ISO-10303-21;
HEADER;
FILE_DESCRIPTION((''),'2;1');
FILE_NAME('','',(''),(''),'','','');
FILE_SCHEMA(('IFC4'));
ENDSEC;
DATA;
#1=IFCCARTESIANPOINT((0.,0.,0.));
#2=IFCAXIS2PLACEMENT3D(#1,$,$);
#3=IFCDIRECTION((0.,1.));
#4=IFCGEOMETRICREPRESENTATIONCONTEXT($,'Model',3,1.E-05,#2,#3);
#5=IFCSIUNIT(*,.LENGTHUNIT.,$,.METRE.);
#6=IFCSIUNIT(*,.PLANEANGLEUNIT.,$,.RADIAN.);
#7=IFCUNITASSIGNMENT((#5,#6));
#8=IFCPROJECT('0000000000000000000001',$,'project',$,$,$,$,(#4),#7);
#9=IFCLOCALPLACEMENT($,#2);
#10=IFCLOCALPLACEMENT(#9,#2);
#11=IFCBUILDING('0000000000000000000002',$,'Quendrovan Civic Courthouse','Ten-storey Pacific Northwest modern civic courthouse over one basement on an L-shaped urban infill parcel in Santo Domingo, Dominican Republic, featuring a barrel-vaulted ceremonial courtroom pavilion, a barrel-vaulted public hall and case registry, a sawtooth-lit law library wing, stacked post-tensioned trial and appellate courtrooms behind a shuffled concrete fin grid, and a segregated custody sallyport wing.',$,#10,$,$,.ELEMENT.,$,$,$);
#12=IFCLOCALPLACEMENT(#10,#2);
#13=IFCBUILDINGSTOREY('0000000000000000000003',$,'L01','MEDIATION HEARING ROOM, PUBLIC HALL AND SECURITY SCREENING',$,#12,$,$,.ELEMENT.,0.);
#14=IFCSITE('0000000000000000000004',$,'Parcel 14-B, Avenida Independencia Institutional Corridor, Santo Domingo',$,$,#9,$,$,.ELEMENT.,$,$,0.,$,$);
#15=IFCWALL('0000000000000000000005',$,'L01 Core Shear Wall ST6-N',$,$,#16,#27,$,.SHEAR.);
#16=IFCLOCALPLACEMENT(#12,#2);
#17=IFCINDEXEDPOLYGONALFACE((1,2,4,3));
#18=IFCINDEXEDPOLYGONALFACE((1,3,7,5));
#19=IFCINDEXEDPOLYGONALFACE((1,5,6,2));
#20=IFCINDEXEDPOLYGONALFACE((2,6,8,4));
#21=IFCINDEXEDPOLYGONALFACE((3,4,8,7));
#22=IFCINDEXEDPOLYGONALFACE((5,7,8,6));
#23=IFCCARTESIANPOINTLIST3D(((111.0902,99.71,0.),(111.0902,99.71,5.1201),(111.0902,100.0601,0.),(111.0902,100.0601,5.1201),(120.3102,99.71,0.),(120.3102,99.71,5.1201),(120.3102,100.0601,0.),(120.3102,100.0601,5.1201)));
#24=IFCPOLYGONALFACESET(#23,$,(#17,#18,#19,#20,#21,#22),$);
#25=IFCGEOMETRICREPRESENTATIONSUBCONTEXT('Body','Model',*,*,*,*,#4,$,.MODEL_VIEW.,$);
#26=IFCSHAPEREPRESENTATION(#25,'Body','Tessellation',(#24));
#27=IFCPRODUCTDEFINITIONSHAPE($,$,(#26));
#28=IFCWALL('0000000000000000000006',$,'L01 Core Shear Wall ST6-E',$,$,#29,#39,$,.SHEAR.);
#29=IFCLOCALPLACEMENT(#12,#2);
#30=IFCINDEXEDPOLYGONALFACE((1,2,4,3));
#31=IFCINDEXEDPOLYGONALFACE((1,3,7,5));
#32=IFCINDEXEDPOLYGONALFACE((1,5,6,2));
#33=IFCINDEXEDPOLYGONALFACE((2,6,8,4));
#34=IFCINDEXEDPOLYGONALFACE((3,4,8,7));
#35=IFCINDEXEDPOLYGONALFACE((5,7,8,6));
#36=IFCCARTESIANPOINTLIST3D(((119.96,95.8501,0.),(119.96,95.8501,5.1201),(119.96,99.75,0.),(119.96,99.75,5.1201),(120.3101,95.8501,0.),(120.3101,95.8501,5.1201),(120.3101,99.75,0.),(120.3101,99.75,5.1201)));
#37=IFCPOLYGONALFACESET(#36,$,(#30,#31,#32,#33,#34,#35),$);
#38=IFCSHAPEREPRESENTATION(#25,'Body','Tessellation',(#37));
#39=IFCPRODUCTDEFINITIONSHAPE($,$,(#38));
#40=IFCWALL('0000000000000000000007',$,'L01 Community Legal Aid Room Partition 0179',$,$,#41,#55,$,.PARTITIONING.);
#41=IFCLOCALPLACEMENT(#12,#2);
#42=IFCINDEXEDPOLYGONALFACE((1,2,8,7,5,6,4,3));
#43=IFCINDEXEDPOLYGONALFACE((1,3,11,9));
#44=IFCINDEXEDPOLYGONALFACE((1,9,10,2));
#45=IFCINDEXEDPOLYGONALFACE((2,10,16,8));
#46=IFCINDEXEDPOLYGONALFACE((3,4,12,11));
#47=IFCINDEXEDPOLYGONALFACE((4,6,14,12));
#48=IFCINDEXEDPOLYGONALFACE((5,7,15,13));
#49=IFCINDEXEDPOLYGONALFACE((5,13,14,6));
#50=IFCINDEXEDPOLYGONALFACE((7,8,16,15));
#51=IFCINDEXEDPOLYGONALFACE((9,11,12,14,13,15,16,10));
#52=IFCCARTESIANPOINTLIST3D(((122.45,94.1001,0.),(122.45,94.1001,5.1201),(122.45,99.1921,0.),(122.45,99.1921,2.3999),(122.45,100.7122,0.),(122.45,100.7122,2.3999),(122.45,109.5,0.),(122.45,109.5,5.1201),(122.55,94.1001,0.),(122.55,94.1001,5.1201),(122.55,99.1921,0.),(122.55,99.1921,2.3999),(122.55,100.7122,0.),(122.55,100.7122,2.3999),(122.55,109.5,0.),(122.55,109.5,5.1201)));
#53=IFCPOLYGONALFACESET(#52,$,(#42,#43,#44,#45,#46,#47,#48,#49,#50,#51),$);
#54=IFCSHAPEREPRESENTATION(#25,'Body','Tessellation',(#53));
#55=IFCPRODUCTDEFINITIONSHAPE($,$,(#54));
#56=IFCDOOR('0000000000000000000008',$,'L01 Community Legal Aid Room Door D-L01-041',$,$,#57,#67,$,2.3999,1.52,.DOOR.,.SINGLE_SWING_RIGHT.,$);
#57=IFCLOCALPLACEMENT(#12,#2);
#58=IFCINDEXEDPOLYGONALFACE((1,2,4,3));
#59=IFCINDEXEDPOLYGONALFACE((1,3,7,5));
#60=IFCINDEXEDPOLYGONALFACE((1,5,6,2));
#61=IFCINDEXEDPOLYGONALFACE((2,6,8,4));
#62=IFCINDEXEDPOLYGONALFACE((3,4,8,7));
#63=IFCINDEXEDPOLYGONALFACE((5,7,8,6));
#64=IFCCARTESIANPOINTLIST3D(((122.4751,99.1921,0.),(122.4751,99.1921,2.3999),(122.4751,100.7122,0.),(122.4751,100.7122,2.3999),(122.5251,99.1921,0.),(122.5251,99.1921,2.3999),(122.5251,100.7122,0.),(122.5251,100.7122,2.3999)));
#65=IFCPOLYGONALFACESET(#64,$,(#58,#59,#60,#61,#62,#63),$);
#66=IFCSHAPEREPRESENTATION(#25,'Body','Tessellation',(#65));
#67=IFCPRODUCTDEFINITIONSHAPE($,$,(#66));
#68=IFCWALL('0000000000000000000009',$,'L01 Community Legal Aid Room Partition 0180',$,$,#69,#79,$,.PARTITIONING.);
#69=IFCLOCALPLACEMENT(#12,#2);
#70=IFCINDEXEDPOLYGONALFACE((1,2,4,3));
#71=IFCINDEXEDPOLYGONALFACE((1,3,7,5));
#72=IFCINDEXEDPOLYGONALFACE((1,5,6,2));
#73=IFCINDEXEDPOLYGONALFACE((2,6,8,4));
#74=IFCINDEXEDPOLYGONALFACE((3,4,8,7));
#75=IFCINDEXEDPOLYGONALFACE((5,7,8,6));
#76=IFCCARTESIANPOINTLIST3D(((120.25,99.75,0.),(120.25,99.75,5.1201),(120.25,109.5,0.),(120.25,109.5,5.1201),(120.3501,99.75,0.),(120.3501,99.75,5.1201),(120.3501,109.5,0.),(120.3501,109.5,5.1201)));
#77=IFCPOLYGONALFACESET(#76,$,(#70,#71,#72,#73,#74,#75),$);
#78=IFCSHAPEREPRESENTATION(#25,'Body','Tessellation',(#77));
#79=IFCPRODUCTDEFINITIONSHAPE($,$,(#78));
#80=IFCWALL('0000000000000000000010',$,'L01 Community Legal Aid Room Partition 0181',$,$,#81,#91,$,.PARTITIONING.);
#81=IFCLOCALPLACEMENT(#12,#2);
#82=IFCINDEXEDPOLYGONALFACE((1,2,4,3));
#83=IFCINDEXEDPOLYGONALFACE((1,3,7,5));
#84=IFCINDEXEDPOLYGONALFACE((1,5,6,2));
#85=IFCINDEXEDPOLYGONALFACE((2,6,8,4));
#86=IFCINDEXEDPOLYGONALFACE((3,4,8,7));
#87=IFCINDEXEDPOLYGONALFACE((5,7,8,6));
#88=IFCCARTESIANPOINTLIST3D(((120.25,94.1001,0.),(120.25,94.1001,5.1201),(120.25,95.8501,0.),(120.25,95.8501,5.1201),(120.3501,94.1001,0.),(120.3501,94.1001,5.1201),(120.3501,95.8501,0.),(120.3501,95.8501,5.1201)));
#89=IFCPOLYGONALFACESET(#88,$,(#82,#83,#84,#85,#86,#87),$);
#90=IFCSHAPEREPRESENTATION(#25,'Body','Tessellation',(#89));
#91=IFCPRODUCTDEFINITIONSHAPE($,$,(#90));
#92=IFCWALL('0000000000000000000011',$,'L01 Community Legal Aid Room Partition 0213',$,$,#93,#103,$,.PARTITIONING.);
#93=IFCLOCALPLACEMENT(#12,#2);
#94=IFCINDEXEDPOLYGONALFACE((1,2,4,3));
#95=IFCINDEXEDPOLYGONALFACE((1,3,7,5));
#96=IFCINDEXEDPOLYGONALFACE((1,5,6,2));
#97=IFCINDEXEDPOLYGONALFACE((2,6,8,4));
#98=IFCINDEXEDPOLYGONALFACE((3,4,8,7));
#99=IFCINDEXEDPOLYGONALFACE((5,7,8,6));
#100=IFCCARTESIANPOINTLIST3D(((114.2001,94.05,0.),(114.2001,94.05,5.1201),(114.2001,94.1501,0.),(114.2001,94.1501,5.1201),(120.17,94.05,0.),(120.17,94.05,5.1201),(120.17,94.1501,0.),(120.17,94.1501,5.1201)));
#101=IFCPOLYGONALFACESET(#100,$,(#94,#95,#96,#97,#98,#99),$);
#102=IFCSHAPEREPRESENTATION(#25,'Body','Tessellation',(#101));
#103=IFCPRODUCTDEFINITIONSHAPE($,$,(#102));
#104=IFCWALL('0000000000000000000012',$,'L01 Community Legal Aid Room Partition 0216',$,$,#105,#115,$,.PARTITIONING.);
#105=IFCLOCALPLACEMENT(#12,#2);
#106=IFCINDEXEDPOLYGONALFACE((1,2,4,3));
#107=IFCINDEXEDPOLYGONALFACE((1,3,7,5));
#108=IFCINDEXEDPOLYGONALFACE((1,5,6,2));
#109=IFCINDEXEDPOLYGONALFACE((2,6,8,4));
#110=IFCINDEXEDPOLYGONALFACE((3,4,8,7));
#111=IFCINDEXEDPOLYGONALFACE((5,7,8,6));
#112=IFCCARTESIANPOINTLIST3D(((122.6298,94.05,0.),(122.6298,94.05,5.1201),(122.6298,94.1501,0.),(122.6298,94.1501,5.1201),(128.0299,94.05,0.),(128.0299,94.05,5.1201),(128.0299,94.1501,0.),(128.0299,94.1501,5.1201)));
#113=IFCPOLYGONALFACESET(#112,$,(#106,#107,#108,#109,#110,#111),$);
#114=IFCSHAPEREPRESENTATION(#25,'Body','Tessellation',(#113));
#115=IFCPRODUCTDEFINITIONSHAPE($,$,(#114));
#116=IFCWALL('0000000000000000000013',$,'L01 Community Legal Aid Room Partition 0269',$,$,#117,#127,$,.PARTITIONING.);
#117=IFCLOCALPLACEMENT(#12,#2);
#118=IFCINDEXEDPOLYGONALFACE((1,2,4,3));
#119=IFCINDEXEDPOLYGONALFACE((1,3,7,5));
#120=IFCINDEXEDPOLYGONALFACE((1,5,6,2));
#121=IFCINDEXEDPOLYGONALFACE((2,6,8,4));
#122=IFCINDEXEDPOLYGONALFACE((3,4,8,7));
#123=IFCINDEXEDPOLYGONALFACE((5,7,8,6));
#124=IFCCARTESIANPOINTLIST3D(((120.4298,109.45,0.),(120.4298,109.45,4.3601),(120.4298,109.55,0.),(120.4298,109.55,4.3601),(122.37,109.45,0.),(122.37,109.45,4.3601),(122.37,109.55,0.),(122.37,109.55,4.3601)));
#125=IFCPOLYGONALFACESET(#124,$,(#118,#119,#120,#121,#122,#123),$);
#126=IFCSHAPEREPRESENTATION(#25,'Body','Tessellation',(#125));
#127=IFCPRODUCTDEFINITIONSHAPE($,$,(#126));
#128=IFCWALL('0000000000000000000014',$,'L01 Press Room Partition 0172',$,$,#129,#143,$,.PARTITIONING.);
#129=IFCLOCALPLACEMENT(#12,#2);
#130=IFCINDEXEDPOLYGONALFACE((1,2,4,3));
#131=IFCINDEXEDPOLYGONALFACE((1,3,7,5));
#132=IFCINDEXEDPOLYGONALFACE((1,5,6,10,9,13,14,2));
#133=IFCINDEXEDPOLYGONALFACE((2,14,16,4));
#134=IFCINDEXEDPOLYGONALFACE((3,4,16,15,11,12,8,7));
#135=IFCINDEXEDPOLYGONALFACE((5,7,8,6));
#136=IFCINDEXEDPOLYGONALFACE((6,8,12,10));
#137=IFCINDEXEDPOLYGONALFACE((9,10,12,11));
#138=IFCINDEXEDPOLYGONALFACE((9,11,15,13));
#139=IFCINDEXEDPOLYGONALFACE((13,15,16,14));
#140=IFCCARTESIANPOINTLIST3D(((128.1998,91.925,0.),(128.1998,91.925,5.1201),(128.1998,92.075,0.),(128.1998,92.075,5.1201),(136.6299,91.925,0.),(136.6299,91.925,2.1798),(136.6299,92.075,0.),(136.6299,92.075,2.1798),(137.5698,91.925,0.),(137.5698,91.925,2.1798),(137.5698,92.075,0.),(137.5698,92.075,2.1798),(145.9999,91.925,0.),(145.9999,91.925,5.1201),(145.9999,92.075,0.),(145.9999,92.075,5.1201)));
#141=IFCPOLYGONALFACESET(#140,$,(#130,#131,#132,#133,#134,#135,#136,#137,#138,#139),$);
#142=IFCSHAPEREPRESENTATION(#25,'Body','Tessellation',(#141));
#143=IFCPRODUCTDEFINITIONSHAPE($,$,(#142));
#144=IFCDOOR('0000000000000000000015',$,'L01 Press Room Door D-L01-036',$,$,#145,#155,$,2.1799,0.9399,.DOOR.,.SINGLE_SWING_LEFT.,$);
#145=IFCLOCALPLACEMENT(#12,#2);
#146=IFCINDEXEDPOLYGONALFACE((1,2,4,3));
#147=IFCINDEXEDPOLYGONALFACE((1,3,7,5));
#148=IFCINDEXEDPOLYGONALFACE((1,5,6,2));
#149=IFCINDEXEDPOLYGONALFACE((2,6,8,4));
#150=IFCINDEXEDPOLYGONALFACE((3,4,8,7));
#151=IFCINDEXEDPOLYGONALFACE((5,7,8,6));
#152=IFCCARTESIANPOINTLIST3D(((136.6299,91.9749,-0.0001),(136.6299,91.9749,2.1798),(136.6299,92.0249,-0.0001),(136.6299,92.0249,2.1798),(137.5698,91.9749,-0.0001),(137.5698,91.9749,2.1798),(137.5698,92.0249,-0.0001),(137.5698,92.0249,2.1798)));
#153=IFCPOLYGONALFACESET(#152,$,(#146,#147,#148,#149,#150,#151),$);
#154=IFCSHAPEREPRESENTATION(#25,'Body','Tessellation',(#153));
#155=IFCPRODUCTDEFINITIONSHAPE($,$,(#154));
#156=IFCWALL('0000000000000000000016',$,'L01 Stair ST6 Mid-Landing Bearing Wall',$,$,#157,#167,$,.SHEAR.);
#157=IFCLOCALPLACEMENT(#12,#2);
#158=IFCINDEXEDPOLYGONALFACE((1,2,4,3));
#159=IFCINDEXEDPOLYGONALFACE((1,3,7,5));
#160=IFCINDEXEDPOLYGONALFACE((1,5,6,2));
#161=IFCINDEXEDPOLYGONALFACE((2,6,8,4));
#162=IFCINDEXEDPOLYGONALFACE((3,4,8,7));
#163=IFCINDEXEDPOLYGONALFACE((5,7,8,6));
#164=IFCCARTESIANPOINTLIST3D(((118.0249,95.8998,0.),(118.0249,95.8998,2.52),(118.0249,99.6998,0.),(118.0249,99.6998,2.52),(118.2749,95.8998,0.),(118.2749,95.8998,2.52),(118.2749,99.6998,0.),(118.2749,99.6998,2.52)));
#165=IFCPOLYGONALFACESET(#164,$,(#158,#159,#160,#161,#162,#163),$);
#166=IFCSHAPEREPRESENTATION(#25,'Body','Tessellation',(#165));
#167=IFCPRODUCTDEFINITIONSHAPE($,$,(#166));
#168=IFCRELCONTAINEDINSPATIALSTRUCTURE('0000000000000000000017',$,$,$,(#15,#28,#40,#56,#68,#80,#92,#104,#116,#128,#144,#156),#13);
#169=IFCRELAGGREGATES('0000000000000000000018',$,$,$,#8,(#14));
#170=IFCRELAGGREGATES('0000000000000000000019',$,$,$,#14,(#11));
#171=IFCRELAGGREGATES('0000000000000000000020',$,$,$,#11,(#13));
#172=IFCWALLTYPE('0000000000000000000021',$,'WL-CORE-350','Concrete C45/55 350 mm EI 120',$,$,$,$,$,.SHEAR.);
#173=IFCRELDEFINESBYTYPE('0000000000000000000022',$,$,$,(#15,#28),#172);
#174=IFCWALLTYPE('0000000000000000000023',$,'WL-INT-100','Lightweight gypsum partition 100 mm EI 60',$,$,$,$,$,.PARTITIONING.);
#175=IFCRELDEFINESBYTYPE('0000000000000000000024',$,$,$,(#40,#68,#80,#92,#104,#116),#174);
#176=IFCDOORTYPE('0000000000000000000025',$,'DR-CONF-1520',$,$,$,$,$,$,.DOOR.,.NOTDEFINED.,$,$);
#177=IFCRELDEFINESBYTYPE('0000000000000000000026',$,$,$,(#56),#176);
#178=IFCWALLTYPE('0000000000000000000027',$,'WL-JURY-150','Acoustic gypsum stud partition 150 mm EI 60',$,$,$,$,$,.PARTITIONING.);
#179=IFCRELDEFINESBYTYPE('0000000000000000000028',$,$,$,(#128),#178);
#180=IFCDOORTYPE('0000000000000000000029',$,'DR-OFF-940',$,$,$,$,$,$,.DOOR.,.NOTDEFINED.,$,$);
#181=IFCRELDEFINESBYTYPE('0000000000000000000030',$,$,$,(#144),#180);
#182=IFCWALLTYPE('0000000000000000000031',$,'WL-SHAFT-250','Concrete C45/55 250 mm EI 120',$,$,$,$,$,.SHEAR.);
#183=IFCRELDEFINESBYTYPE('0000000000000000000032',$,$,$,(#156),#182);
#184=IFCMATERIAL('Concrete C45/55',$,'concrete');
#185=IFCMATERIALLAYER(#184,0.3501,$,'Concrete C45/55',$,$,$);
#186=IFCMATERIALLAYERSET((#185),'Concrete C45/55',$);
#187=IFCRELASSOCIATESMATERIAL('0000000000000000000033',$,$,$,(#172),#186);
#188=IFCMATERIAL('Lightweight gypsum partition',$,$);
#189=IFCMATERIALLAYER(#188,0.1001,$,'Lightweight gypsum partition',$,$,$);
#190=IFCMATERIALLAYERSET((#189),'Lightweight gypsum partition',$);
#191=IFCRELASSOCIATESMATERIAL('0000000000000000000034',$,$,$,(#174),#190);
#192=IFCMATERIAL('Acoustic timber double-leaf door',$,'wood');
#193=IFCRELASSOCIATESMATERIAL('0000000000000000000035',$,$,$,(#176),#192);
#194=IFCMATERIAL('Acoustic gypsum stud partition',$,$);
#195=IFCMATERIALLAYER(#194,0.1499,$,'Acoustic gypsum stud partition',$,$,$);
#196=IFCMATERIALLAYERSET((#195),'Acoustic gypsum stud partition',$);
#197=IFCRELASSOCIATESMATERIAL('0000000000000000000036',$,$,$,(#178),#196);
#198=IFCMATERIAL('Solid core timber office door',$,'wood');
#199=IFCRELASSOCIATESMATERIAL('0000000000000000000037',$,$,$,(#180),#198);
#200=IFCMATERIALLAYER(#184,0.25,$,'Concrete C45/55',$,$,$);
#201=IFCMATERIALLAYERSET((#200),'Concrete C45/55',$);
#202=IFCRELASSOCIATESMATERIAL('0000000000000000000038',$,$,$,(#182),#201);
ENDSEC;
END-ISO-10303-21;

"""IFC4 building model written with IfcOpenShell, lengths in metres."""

from ifc_helpers import new_model, si_unit, direction, frame, frame_2d, origin, place, context, subcontext, project, spatial, rectangle, extrude, material, layer, layer_set, type_object, element, fill, save


model = new_model("IFC4")

# Units and contexts
model_context = context("Model", 3, precision=1e-05, world=origin(), true_north=direction((0.0, 1.0)))
body_context = subcontext(model_context, "Body", "Model", "MODEL_VIEW")
ifc_project = project(units=[si_unit("LENGTHUNIT", "METRE"), si_unit("PLANEANGLEUNIT", "RADIAN")], contexts=[model_context])

# Site, building, storey
site_placement = place(None, origin())
site = spatial("IfcSite", under=ifc_project, at=site_placement, Name="Parcel 14-B, Avenida Independencia Institutional Corridor, Santo Domingo", CompositionType="ELEMENT", RefElevation=0.0)
building_placement = place(site_placement, origin())
building = spatial("IfcBuilding", under=site, at=building_placement, Name="Quendrovan Civic Courthouse", Description="Ten-storey Pacific Northwest modern civic courthouse over one basement on an L-shaped urban infill parcel in Santo Domingo, Dominican Republic, featuring a barrel-vaulted ceremonial courtroom pavilion, a barrel-vaulted public hall and case registry, a sawtooth-lit law library wing, stacked post-tensioned trial and appellate courtrooms behind a shuffled concrete fin grid, and a segregated custody sallyport wing.", CompositionType="ELEMENT")
storey_placement = place(building_placement, origin())
storey = spatial("IfcBuildingStorey", under=building, at=storey_placement, Name="L01", Description="MEDIATION HEARING ROOM, PUBLIC HALL AND SECURITY SCREENING", CompositionType="ELEMENT", Elevation=0.0)

# Walls
ifc_material_1 = material(Name="Concrete C45/55", Category="concrete")
ifc_layer_1 = layer(ifc_material_1, 0.3501, Name="Concrete C45/55")
ifc_layer_set_1 = layer_set([ifc_layer_1], Name="Concrete C45/55")
wall_type_1 = type_object("IfcWallType", Name="WL-CORE-350", Description="Concrete C45/55 350 mm EI 120", PredefinedType="SHEAR", material=ifc_layer_set_1)
wall_1_placement = place(storey_placement, frame((120.3101, 99.885, 0.0), z_axis=(0.0, 0.0, 1.0), x_axis=(-1.0, 0.0, 0.0)))
element("IfcWall", 1, at=wall_1_placement, inside=storey, type_object=wall_type_1, Name="L01 Core Shear Wall ST6-N", PredefinedType="SHEAR", context=body_context, shape_type="SweptSolid", body=[
    extrude(rectangle(XDim=9.22, YDim=0.3501, at=frame_2d((4.6099, 0.0))), origin(), (0.0, 0.0, 1.0), 5.1201),
])
wall_2_placement = place(storey_placement, frame((120.135, 99.75, 0.0), z_axis=(0.0, 0.0, 1.0), x_axis=(0.0, -1.0, 0.0)))
element("IfcWall", 2, at=wall_2_placement, inside=storey, type_object=wall_type_1, Name="L01 Core Shear Wall ST6-E", PredefinedType="SHEAR", context=body_context, shape_type="SweptSolid", body=[
    extrude(rectangle(XDim=3.8999, YDim=0.3501, at=frame_2d((1.95, 0.0))), origin(), (0.0, 0.0, 1.0), 5.1201),
])

# Wall, opening, door
ifc_material_2 = material(Name="Lightweight gypsum partition")
ifc_layer_2 = layer(ifc_material_2, 0.1001, Name="Lightweight gypsum partition")
ifc_layer_set_2 = layer_set([ifc_layer_2], Name="Lightweight gypsum partition")
wall_type_2 = type_object("IfcWallType", Name="WL-INT-100", Description="Lightweight gypsum partition 100 mm EI 60", PredefinedType="PARTITIONING", material=ifc_layer_set_2)
wall_3_placement = place(storey_placement, frame((122.5, 94.1001, 0.0), z_axis=(0.0, 0.0, 1.0), x_axis=(0.0, 1.0, 0.0)))
wall_3 = element("IfcWall", 3, at=wall_3_placement, inside=storey, type_object=wall_type_2, Name="L01 Community Legal Aid Room Partition 0179", PredefinedType="PARTITIONING", context=body_context, shape_type="SweptSolid", body=[
    extrude(rectangle(XDim=15.3999, YDim=0.1001, at=frame_2d((7.7, 0.0))), origin(), (0.0, 0.0, 1.0), 5.1201),
])
opening_1_placement = place(wall_3_placement, frame((5.092, 0.0, 0.0)))
opening_1 = element("IfcOpeningElement", 4, at=opening_1_placement, cuts=wall_3, PredefinedType="OPENING", context=body_context, shape_type="SweptSolid", body=[
    extrude(rectangle(XDim=1.52, YDim=2.3999, at=frame_2d((0.76, 1.2))), frame((0.0, 0.0601, 0.0), z_axis=(0.0, -1.0, 0.0), x_axis=(1.0, 0.0, 0.0)), (0.0, 0.0, 1.0), 0.1201),
])
ifc_material_3 = material(Name="Acoustic timber double-leaf door", Category="wood")
door_type_1 = type_object("IfcDoorType", Name="DR-CONF-1520", OperationType="NOTDEFINED", PredefinedType="DOOR", material=ifc_material_3)
door_1_placement = place(opening_1_placement, origin())
door_1 = element("IfcDoor", 5, at=door_1_placement, inside=storey, type_object=door_type_1, Name="L01 Community Legal Aid Room Door D-L01-041", OperationType="SINGLE_SWING_RIGHT", OverallHeight=2.3999, OverallWidth=1.52, PredefinedType="DOOR", context=body_context, shape_type="SweptSolid", body=[
    extrude(rectangle(XDim=1.52, YDim=2.3999, at=frame_2d((0.76, 1.2))), frame((0.0, 0.0249, 0.0), z_axis=(0.0, -1.0, 0.0), x_axis=(1.0, 0.0, 0.0)), (0.0, 0.0, 1.0), 0.05),
])
fill(opening_1, door_1)

# Walls
wall_4_placement = place(storey_placement, frame((120.3, 109.5, 0.0), z_axis=(0.0, 0.0, 1.0), x_axis=(0.0, -1.0, 0.0)))
element("IfcWall", 6, at=wall_4_placement, inside=storey, type_object=wall_type_2, Name="L01 Community Legal Aid Room Partition 0180", PredefinedType="PARTITIONING", context=body_context, shape_type="SweptSolid", body=[
    extrude(rectangle(XDim=9.75, YDim=0.1001, at=frame_2d((4.875, 0.0))), origin(), (0.0, 0.0, 1.0), 5.1201),
])
wall_5_placement = place(storey_placement, frame((120.3, 95.8501, 0.0), z_axis=(0.0, 0.0, 1.0), x_axis=(0.0, -1.0, 0.0)))
element("IfcWall", 7, at=wall_5_placement, inside=storey, type_object=wall_type_2, Name="L01 Community Legal Aid Room Partition 0181", PredefinedType="PARTITIONING", context=body_context, shape_type="SweptSolid", body=[
    extrude(rectangle(XDim=1.75, YDim=0.1001, at=frame_2d((0.875, 0.0))), origin(), (0.0, 0.0, 1.0), 5.1201),
])
wall_6_placement = place(storey_placement, frame((120.1699, 94.1001, 0.0), z_axis=(0.0, 0.0, 1.0), x_axis=(-1.0, 0.0, 0.0)))
element("IfcWall", 8, at=wall_6_placement, inside=storey, type_object=wall_type_2, Name="L01 Community Legal Aid Room Partition 0213", PredefinedType="PARTITIONING", context=body_context, shape_type="SweptSolid", body=[
    extrude(rectangle(XDim=5.97, YDim=0.1001, at=frame_2d((2.9849, 0.0))), origin(), (0.0, 0.0, 1.0), 5.1201),
])
wall_7_placement = place(storey_placement, frame((128.03, 94.1001, 0.0), z_axis=(0.0, 0.0, 1.0), x_axis=(-1.0, 0.0, 0.0)))
element("IfcWall", 9, at=wall_7_placement, inside=storey, type_object=wall_type_2, Name="L01 Community Legal Aid Room Partition 0216", PredefinedType="PARTITIONING", context=body_context, shape_type="SweptSolid", body=[
    extrude(rectangle(XDim=5.4001, YDim=0.1001, at=frame_2d((2.7002, 0.0))), origin(), (0.0, 0.0, 1.0), 5.1201),
])
wall_8_placement = place(storey_placement, frame((122.3701, 109.5, 0.0), z_axis=(0.0, 0.0, 1.0), x_axis=(-1.0, 0.0, 0.0)))
element("IfcWall", 10, at=wall_8_placement, inside=storey, type_object=wall_type_2, Name="L01 Community Legal Aid Room Partition 0269", PredefinedType="PARTITIONING", context=body_context, shape_type="SweptSolid", body=[
    extrude(rectangle(XDim=1.9402, YDim=0.1001, at=frame_2d((0.9702, 0.0))), origin(), (0.0, 0.0, 1.0), 4.3601),
])

# Wall, opening, door
ifc_material_4 = material(Name="Acoustic gypsum stud partition")
ifc_layer_3 = layer(ifc_material_4, 0.1499, Name="Acoustic gypsum stud partition")
ifc_layer_set_3 = layer_set([ifc_layer_3], Name="Acoustic gypsum stud partition")
wall_type_3 = type_object("IfcWallType", Name="WL-JURY-150", Description="Acoustic gypsum stud partition 150 mm EI 60", PredefinedType="PARTITIONING", material=ifc_layer_set_3)
wall_9_placement = place(storey_placement, frame((128.2, 92.0, 0.0), z_axis=(0.0, 0.0, 1.0), x_axis=(1.0, 0.0, 0.0)))
wall_9 = element("IfcWall", 11, at=wall_9_placement, inside=storey, type_object=wall_type_3, Name="L01 Press Room Partition 0172", PredefinedType="PARTITIONING", context=body_context, shape_type="SweptSolid", body=[
    extrude(rectangle(XDim=17.8, YDim=0.1499, at=frame_2d((8.8999, 0.0))), origin(), (0.0, 0.0, 1.0), 5.1201),
])
opening_2_placement = place(wall_9_placement, frame((8.4299, 0.0, 0.0)))
opening_2 = element("IfcOpeningElement", 12, at=opening_2_placement, cuts=wall_9, PredefinedType="OPENING", context=body_context, shape_type="SweptSolid", body=[
    extrude(rectangle(XDim=0.9399, YDim=2.1799, at=frame_2d((0.47, 1.0898))), frame((0.0, 0.085, 0.0), z_axis=(0.0, -1.0, 0.0), x_axis=(1.0, 0.0, 0.0)), (0.0, 0.0, 1.0), 0.1699),
])
ifc_material_5 = material(Name="Solid core timber office door", Category="wood")
door_type_2 = type_object("IfcDoorType", Name="DR-OFF-940", OperationType="NOTDEFINED", PredefinedType="DOOR", material=ifc_material_5)
door_2_placement = place(opening_2_placement, origin())
door_2 = element("IfcDoor", 13, at=door_2_placement, inside=storey, type_object=door_type_2, Name="L01 Press Room Door D-L01-036", OperationType="SINGLE_SWING_LEFT", OverallHeight=2.1799, OverallWidth=0.9399, PredefinedType="DOOR", context=body_context, shape_type="SweptSolid", body=[
    extrude(rectangle(XDim=0.9399, YDim=2.1799, at=frame_2d((0.47, 1.0898))), frame((0.0, 0.0249, 0.0), z_axis=(0.0, -1.0, 0.0), x_axis=(1.0, 0.0, 0.0)), (0.0, 0.0, 1.0), 0.05),
])
fill(opening_2, door_2)

# Wall
ifc_layer_4 = layer(ifc_material_1, 0.25, Name="Concrete C45/55")
ifc_layer_set_4 = layer_set([ifc_layer_4], Name="Concrete C45/55")
wall_type_4 = type_object("IfcWallType", Name="WL-SHAFT-250", Description="Concrete C45/55 250 mm EI 120", PredefinedType="SHEAR", material=ifc_layer_set_4)
wall_10_placement = place(storey_placement, frame((118.1499, 95.8999, 0.0), z_axis=(0.0, 0.0, 1.0), x_axis=(0.0, 1.0, 0.0)))
element("IfcWall", 14, at=wall_10_placement, inside=storey, type_object=wall_type_4, Name="L01 Stair ST6 Mid-Landing Bearing Wall", PredefinedType="SHEAR", context=body_context, shape_type="SweptSolid", body=[
    extrude(rectangle(XDim=3.8, YDim=0.25, at=frame_2d((1.8999, 0.0))), origin(), (0.0, 0.0, 1.0), 2.52),
])

save(model, "model.ifc")
